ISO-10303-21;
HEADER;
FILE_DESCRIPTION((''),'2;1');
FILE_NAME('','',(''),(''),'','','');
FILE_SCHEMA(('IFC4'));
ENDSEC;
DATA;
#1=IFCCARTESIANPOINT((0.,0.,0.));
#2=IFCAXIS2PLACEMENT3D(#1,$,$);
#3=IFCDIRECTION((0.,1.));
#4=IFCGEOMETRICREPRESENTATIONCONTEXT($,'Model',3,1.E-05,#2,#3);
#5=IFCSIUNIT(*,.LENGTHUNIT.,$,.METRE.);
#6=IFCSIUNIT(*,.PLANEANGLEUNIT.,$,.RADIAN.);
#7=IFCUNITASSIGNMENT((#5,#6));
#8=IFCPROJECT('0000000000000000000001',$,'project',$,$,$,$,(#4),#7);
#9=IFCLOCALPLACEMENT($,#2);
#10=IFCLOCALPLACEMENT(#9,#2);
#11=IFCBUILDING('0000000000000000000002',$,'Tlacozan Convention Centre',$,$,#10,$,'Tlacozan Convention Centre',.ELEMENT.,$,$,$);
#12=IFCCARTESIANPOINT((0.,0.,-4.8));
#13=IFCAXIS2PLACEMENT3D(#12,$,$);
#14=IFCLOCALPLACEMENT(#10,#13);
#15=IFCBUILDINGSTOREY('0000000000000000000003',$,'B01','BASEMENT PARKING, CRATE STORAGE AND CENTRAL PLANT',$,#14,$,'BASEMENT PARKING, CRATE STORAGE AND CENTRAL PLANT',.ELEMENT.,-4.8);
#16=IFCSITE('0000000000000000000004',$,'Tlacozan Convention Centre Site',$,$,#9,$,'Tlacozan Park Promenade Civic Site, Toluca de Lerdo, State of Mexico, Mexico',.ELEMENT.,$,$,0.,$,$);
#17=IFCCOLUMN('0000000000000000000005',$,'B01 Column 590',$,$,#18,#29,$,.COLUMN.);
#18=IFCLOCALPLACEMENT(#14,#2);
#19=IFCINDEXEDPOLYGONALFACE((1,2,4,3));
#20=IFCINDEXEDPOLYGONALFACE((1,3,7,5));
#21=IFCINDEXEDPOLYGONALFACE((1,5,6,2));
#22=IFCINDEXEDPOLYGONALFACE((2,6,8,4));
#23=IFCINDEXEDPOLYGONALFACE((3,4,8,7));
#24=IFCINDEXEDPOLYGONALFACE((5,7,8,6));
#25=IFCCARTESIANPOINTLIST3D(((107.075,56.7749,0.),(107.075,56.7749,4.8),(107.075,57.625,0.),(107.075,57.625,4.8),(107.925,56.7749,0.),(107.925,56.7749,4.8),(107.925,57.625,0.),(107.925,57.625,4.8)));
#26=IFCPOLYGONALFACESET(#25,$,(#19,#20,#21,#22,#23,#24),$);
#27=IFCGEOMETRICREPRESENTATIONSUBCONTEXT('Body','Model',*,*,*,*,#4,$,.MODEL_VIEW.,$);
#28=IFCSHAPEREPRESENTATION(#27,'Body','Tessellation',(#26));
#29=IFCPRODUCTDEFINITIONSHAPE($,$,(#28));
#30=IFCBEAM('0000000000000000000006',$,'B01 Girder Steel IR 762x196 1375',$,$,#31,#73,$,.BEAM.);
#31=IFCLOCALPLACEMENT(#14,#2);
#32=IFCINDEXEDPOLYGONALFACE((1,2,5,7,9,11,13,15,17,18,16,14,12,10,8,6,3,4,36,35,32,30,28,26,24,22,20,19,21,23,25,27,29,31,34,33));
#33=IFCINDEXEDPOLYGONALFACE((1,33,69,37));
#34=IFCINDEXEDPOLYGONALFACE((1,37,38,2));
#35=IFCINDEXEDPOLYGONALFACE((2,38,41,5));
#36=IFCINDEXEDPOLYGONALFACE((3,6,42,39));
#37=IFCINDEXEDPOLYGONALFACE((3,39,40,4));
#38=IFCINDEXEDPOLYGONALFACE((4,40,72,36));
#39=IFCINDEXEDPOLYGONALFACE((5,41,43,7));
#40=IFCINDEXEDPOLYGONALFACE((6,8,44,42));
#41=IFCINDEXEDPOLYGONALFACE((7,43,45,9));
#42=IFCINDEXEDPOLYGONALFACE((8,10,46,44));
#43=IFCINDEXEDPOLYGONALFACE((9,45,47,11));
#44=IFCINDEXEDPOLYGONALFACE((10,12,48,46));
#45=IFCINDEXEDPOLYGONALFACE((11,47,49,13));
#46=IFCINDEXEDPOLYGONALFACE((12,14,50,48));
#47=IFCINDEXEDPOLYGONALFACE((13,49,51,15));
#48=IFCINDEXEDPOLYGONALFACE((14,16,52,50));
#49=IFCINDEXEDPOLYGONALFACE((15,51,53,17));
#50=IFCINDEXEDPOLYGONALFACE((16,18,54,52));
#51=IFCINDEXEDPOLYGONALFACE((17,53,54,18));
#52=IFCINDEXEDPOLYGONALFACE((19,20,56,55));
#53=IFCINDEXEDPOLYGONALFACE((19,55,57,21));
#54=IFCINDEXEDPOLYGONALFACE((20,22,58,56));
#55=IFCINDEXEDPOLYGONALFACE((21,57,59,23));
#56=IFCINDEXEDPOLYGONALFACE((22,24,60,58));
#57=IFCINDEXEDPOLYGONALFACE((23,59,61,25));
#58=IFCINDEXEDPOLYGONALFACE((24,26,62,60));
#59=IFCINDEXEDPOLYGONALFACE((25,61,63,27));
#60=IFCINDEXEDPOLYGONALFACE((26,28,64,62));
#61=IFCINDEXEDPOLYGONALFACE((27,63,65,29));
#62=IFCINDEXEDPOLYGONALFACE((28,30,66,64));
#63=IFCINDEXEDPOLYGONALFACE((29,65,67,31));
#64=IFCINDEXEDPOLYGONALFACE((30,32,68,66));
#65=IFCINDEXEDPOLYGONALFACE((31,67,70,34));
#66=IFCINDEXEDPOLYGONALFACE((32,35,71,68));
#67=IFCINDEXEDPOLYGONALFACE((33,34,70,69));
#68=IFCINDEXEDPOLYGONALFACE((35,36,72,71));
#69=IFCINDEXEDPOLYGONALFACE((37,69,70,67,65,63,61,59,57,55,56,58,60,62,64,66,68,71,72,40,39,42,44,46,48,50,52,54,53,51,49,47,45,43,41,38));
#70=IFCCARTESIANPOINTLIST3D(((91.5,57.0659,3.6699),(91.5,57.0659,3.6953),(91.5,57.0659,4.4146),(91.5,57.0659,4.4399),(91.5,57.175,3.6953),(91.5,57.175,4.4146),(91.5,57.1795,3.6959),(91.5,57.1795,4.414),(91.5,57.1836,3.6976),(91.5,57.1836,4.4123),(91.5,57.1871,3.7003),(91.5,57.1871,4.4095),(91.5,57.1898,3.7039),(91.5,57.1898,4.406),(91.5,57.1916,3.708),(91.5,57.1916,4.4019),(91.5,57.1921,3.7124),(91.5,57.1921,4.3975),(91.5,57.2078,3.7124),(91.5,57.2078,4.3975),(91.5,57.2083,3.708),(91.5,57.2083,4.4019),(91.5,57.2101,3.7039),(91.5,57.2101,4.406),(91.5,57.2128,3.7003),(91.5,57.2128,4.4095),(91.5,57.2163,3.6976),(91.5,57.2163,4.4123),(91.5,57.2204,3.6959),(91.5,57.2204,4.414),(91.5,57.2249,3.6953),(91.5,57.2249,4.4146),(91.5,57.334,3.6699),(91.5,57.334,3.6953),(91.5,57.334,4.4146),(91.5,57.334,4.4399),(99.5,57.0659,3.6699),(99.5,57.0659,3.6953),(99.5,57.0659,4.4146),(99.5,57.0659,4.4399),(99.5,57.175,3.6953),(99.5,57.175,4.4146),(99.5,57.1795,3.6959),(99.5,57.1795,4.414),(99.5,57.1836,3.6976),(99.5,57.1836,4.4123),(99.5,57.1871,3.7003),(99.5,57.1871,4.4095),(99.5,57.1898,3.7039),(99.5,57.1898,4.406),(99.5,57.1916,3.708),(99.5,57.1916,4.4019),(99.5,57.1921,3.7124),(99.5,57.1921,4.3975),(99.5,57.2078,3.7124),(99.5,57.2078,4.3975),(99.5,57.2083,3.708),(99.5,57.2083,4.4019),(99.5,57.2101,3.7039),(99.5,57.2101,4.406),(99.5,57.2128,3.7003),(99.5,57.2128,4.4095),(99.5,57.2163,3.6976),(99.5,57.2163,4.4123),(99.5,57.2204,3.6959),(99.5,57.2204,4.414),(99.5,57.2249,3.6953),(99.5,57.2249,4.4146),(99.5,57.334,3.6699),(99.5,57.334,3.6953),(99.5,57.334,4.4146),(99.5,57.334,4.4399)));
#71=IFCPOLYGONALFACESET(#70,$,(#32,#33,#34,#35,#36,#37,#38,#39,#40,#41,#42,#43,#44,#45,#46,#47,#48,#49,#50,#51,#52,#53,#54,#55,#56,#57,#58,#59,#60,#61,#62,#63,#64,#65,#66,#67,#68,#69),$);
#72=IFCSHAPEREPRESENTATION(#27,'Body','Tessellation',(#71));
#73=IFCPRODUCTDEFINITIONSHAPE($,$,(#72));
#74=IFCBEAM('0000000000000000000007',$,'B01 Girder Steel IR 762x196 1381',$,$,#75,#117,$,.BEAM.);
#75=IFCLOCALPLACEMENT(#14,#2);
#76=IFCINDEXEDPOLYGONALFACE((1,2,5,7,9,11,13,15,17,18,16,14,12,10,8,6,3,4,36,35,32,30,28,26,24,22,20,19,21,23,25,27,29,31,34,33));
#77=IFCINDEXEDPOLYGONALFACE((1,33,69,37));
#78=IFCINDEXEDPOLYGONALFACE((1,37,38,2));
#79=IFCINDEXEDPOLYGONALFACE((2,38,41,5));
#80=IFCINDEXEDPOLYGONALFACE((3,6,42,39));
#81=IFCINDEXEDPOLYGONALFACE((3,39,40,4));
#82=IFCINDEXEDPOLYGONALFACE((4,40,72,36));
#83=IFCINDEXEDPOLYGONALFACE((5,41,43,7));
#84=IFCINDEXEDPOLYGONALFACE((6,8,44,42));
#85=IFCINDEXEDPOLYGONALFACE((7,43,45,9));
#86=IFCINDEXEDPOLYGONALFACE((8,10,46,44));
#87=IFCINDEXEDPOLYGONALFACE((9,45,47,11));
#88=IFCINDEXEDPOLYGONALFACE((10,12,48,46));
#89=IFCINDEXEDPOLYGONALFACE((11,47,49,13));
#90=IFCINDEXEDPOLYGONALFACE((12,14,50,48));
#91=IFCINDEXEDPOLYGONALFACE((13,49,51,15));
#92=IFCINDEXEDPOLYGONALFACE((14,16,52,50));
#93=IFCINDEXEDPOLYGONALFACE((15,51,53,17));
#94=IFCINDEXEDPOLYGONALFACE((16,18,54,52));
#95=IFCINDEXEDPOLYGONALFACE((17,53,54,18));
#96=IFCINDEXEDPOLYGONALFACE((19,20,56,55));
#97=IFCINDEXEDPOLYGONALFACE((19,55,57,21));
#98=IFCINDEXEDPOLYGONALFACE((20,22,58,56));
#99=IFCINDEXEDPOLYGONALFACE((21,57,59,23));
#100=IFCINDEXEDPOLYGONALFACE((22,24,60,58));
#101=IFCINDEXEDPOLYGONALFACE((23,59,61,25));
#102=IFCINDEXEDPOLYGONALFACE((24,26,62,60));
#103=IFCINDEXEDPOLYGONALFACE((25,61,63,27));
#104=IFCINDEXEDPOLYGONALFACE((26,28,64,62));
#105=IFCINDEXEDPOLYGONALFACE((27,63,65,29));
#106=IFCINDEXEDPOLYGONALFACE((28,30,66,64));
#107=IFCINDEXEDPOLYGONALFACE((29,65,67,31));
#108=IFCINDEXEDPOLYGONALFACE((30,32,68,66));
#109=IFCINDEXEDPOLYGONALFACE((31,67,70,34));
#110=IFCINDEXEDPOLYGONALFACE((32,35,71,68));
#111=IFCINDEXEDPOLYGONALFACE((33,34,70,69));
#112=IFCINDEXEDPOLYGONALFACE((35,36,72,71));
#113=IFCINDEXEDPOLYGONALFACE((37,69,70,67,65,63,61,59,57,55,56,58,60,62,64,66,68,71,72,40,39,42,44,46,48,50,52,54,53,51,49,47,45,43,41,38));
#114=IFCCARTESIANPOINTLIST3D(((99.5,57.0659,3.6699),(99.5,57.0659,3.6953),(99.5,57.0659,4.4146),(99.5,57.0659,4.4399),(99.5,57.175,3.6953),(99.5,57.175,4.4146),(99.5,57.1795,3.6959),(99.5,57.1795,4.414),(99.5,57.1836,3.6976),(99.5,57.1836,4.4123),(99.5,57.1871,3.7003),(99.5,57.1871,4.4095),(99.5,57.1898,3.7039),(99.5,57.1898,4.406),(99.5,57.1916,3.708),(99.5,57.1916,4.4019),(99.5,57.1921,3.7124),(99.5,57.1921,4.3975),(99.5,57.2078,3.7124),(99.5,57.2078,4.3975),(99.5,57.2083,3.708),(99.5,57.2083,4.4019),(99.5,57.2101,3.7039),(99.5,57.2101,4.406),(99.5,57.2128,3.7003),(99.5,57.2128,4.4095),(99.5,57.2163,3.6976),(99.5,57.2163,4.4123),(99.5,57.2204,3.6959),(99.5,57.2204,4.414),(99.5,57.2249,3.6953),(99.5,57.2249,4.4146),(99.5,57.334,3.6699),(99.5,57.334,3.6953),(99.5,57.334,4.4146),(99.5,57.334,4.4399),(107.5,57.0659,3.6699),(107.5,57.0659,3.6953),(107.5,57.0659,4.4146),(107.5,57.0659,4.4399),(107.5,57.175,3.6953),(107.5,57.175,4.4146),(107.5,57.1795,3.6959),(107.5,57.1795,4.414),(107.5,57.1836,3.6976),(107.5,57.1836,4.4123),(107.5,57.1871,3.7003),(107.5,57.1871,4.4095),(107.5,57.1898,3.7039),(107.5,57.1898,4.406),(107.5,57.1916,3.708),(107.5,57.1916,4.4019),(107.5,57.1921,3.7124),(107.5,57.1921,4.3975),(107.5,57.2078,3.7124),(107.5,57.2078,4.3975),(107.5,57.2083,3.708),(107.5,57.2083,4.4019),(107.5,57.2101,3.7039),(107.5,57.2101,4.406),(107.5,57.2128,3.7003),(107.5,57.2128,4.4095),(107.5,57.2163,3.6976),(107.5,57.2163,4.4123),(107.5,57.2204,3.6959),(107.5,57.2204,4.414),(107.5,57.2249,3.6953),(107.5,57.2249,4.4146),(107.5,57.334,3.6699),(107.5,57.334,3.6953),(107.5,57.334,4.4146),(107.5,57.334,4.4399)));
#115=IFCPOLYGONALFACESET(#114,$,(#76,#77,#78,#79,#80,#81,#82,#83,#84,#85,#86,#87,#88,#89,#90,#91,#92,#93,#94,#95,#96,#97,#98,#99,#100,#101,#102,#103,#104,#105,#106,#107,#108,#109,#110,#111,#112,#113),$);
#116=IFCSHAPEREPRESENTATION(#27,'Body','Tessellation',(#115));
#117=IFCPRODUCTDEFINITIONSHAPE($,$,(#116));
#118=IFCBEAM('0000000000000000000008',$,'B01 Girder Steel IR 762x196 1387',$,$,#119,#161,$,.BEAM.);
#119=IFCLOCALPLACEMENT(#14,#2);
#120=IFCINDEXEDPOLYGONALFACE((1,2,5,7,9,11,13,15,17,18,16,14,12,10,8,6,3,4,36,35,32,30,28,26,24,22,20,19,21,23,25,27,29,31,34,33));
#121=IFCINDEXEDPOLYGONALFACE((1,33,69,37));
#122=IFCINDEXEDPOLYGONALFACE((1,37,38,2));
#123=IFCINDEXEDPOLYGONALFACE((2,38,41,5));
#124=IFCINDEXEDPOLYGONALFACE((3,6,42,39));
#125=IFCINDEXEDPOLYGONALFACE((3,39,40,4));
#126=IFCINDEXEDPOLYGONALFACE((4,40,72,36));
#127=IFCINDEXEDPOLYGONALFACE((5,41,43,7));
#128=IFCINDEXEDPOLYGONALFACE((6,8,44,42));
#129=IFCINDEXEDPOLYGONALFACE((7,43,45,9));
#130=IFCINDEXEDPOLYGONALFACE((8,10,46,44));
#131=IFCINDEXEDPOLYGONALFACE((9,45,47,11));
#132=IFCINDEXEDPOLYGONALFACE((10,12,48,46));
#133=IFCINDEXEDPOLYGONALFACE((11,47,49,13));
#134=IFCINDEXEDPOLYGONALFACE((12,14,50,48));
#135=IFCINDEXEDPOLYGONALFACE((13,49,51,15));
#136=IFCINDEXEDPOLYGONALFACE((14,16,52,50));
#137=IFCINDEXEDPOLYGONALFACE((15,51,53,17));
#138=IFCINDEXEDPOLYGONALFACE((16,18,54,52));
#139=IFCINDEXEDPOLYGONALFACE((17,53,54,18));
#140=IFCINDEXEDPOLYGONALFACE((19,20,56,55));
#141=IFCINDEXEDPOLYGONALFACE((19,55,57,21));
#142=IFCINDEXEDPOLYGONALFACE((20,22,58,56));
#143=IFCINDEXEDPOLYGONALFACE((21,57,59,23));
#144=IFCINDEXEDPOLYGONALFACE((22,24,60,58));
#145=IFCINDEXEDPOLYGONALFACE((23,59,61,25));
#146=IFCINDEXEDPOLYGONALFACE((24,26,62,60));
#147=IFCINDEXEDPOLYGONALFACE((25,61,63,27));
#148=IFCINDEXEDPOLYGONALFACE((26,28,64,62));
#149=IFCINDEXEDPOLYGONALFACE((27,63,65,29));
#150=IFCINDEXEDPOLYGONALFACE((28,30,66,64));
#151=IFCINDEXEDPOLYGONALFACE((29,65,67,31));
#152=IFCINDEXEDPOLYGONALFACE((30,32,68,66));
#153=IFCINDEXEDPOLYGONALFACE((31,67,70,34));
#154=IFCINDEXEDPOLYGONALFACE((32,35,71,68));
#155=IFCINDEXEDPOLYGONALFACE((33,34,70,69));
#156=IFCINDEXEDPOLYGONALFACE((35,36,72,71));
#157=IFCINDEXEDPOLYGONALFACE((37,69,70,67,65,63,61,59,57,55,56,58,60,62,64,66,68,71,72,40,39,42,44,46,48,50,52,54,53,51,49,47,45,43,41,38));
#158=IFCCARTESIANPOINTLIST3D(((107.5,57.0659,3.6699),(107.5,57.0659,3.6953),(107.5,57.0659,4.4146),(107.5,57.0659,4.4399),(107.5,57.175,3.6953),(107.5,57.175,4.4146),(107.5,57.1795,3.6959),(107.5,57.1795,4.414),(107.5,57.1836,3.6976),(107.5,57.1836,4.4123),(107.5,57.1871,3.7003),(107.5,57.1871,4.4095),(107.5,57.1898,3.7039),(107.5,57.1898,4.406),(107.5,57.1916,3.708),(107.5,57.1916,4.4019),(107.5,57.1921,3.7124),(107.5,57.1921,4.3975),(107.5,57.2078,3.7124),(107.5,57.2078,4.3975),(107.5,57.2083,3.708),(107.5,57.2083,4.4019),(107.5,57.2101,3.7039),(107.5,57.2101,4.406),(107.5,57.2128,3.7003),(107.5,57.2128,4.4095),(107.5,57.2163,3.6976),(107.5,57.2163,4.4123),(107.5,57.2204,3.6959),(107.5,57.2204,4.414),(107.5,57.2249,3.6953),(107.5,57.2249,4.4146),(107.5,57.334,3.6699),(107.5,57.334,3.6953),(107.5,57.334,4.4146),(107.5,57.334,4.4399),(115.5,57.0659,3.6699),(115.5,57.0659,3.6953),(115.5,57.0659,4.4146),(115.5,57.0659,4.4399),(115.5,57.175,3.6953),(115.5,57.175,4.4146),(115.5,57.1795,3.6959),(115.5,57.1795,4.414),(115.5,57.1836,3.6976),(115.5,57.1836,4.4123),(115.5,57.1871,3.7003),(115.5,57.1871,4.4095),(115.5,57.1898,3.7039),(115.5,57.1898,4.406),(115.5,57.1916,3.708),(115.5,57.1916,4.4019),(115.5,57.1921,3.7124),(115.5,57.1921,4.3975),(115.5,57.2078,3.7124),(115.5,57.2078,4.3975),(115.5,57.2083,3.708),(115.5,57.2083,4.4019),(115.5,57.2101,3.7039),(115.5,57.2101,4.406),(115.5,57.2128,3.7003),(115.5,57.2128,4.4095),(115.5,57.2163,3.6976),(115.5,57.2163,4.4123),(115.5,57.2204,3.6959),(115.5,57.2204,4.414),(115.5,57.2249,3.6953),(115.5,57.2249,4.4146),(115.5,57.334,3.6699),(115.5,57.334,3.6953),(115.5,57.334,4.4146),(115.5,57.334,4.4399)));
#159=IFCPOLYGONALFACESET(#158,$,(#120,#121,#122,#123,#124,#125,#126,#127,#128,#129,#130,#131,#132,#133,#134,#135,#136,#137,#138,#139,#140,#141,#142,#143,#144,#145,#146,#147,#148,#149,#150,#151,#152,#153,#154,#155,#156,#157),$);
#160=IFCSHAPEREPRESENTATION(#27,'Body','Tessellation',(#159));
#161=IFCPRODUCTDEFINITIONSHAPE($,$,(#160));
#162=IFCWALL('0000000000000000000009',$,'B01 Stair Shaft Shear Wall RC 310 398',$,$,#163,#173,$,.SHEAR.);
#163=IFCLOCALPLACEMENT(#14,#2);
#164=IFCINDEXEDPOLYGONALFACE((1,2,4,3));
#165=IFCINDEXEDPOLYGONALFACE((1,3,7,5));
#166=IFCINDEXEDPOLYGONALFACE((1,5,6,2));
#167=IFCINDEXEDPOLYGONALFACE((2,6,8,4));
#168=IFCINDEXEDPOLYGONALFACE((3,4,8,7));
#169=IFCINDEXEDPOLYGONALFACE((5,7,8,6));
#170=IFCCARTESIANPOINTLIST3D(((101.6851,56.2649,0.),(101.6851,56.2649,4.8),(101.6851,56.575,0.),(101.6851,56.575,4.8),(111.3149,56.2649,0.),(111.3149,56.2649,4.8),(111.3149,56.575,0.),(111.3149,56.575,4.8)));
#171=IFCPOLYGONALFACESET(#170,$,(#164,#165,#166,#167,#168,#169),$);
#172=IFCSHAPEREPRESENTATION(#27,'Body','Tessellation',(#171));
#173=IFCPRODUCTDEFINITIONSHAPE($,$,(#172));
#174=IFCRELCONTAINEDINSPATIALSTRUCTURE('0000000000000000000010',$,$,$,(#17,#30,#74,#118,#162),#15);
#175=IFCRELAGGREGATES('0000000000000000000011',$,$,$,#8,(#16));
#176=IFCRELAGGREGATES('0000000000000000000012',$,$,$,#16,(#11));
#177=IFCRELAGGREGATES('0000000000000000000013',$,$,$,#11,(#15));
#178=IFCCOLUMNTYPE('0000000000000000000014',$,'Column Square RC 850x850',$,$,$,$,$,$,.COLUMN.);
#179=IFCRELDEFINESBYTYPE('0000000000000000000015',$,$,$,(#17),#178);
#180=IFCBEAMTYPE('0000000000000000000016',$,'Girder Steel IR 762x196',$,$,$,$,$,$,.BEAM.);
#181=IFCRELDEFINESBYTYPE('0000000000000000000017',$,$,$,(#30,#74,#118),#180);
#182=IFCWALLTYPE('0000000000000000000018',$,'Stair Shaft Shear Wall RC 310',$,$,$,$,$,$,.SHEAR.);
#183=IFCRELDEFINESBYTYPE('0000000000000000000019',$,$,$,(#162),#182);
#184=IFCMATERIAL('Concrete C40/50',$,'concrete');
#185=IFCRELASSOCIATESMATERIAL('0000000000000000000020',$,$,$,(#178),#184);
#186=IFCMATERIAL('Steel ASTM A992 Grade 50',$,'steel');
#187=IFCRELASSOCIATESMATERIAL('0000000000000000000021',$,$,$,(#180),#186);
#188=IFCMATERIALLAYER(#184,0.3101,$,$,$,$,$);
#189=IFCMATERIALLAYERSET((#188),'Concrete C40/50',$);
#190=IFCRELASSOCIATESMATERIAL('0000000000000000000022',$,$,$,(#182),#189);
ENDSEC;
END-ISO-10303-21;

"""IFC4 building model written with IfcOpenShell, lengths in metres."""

from ifc_helpers import new_model, si_unit, direction, frame, frame_2d, origin, origin_2d, place, context, subcontext, project, spatial, rectangle, i_section, extrude, material, layer, layer_set, material_profile, profile_set, type_object, element, save


model = new_model("IFC4")

# Units and contexts
model_context = context("Model", 3, precision=1e-05, world=origin(), true_north=direction((0.0, 1.0)))
body_context = subcontext(model_context, "Body", "Model", "MODEL_VIEW")
ifc_project = project(units=[si_unit("LENGTHUNIT", "METRE"), si_unit("PLANEANGLEUNIT", "RADIAN")], contexts=[model_context])

# Site, building, storey
site_placement = place(None, origin())
site = spatial("IfcSite", under=ifc_project, at=site_placement, Name="Tlacozan Convention Centre Site", LongName="Tlacozan Park Promenade Civic Site, Toluca de Lerdo, State of Mexico, Mexico", CompositionType="ELEMENT", RefElevation=0.0)
building_placement = place(site_placement, origin())
building = spatial("IfcBuilding", under=site, at=building_placement, Name="Tlacozan Convention Centre", LongName="Tlacozan Convention Centre", CompositionType="ELEMENT")
storey_placement = place(building_placement, frame((0.0, 0.0, -4.8)))
storey = spatial("IfcBuildingStorey", under=building, at=storey_placement, Name="B01", Description="BASEMENT PARKING, CRATE STORAGE AND CENTRAL PLANT", LongName="BASEMENT PARKING, CRATE STORAGE AND CENTRAL PLANT", CompositionType="ELEMENT", Elevation=-4.8)

# Column
ifc_material_1 = material(Name="Concrete C40/50", Category="concrete")
ifc_material_profile_1 = material_profile(ifc_material_1, rectangle(XDim=0.8501, YDim=0.8501, at=origin_2d()), Name="RC 850x850")
ifc_profile_set_1 = profile_set([ifc_material_profile_1], Name="Concrete C40/50")
column_type = type_object("IfcColumnType", Name="Column Square RC 850x850", PredefinedType="COLUMN", material=ifc_profile_set_1)
for number, where, z_axis, x_axis, name in (
    (1, (107.5, 57.2, 0.0), (0.0, 0.0, 1.0), (1.0, 0.0, 0.0), "B01 Column 590"),
):
    element("IfcColumn", number, at=place(storey_placement, frame(where, z_axis=z_axis, x_axis=x_axis)), inside=storey, type_object=column_type, Name=name, PredefinedType="COLUMN", context=body_context, shape_type="SweptSolid", body=[
        extrude(rectangle(XDim=0.8501, YDim=0.8501, at=origin_2d()), origin(), (0.0, 0.0, 1.0), 4.8),
    ])

# Beams
ifc_material_2 = material(Name="Steel ASTM A992 Grade 50", Category="steel")
ifc_material_profile_2 = material_profile(ifc_material_2, i_section(OverallWidth=0.2681, OverallDepth=0.77, WebThickness=0.0156, FlangeThickness=0.0254, FilletRadius=0.0171, at=origin_2d()), Name="IR 762x196.0")
ifc_profile_set_2 = profile_set([ifc_material_profile_2], Name="Steel ASTM A992 Grade 50")
beam_type = type_object("IfcBeamType", Name="Girder Steel IR 762x196", PredefinedType="BEAM", material=ifc_profile_set_2)
for number, where, z_axis, x_axis, name in (
    (2, (91.5, 57.2, 4.0549), (1.0, 0.0, 0.0), (0.0, 1.0, 0.0), "B01 Girder Steel IR 762x196 1375"),
    (3, (99.5, 57.2, 4.0549), (1.0, 0.0, 0.0), (0.0, 1.0, 0.0), "B01 Girder Steel IR 762x196 1381"),
    (4, (107.5, 57.2, 4.0549), (1.0, 0.0, 0.0), (0.0, 1.0, 0.0), "B01 Girder Steel IR 762x196 1387"),
):
    element("IfcBeam", number, at=place(storey_placement, frame(where, z_axis=z_axis, x_axis=x_axis)), inside=storey, type_object=beam_type, Name=name, PredefinedType="BEAM", context=body_context, shape_type="SweptSolid", body=[
        extrude(i_section(OverallWidth=0.2681, OverallDepth=0.77, WebThickness=0.0156, FlangeThickness=0.0254, FilletRadius=0.0171, at=origin_2d()), origin(), (0.0, 0.0, 1.0), 8.0),
    ])

# Wall
ifc_layer_1 = layer(ifc_material_1, 0.3101)
ifc_layer_set_1 = layer_set([ifc_layer_1], Name="Concrete C40/50")
wall_type = type_object("IfcWallType", Name="Stair Shaft Shear Wall RC 310", PredefinedType="SHEAR", material=ifc_layer_set_1)
wall_placement = place(storey_placement, frame((101.6851, 56.4199, 0.0), z_axis=(0.0, 0.0, 1.0), x_axis=(1.0, 0.0, 0.0)))
element("IfcWall", 5, at=wall_placement, inside=storey, type_object=wall_type, Name="B01 Stair Shaft Shear Wall RC 310 398", PredefinedType="SHEAR", context=body_context, shape_type="SweptSolid", body=[
    extrude(rectangle(XDim=9.6299, YDim=0.3101, at=frame_2d((4.8149, 0.0))), origin(), (0.0, 0.0, 1.0), 4.8),
])

save(model, "model.ifc")
